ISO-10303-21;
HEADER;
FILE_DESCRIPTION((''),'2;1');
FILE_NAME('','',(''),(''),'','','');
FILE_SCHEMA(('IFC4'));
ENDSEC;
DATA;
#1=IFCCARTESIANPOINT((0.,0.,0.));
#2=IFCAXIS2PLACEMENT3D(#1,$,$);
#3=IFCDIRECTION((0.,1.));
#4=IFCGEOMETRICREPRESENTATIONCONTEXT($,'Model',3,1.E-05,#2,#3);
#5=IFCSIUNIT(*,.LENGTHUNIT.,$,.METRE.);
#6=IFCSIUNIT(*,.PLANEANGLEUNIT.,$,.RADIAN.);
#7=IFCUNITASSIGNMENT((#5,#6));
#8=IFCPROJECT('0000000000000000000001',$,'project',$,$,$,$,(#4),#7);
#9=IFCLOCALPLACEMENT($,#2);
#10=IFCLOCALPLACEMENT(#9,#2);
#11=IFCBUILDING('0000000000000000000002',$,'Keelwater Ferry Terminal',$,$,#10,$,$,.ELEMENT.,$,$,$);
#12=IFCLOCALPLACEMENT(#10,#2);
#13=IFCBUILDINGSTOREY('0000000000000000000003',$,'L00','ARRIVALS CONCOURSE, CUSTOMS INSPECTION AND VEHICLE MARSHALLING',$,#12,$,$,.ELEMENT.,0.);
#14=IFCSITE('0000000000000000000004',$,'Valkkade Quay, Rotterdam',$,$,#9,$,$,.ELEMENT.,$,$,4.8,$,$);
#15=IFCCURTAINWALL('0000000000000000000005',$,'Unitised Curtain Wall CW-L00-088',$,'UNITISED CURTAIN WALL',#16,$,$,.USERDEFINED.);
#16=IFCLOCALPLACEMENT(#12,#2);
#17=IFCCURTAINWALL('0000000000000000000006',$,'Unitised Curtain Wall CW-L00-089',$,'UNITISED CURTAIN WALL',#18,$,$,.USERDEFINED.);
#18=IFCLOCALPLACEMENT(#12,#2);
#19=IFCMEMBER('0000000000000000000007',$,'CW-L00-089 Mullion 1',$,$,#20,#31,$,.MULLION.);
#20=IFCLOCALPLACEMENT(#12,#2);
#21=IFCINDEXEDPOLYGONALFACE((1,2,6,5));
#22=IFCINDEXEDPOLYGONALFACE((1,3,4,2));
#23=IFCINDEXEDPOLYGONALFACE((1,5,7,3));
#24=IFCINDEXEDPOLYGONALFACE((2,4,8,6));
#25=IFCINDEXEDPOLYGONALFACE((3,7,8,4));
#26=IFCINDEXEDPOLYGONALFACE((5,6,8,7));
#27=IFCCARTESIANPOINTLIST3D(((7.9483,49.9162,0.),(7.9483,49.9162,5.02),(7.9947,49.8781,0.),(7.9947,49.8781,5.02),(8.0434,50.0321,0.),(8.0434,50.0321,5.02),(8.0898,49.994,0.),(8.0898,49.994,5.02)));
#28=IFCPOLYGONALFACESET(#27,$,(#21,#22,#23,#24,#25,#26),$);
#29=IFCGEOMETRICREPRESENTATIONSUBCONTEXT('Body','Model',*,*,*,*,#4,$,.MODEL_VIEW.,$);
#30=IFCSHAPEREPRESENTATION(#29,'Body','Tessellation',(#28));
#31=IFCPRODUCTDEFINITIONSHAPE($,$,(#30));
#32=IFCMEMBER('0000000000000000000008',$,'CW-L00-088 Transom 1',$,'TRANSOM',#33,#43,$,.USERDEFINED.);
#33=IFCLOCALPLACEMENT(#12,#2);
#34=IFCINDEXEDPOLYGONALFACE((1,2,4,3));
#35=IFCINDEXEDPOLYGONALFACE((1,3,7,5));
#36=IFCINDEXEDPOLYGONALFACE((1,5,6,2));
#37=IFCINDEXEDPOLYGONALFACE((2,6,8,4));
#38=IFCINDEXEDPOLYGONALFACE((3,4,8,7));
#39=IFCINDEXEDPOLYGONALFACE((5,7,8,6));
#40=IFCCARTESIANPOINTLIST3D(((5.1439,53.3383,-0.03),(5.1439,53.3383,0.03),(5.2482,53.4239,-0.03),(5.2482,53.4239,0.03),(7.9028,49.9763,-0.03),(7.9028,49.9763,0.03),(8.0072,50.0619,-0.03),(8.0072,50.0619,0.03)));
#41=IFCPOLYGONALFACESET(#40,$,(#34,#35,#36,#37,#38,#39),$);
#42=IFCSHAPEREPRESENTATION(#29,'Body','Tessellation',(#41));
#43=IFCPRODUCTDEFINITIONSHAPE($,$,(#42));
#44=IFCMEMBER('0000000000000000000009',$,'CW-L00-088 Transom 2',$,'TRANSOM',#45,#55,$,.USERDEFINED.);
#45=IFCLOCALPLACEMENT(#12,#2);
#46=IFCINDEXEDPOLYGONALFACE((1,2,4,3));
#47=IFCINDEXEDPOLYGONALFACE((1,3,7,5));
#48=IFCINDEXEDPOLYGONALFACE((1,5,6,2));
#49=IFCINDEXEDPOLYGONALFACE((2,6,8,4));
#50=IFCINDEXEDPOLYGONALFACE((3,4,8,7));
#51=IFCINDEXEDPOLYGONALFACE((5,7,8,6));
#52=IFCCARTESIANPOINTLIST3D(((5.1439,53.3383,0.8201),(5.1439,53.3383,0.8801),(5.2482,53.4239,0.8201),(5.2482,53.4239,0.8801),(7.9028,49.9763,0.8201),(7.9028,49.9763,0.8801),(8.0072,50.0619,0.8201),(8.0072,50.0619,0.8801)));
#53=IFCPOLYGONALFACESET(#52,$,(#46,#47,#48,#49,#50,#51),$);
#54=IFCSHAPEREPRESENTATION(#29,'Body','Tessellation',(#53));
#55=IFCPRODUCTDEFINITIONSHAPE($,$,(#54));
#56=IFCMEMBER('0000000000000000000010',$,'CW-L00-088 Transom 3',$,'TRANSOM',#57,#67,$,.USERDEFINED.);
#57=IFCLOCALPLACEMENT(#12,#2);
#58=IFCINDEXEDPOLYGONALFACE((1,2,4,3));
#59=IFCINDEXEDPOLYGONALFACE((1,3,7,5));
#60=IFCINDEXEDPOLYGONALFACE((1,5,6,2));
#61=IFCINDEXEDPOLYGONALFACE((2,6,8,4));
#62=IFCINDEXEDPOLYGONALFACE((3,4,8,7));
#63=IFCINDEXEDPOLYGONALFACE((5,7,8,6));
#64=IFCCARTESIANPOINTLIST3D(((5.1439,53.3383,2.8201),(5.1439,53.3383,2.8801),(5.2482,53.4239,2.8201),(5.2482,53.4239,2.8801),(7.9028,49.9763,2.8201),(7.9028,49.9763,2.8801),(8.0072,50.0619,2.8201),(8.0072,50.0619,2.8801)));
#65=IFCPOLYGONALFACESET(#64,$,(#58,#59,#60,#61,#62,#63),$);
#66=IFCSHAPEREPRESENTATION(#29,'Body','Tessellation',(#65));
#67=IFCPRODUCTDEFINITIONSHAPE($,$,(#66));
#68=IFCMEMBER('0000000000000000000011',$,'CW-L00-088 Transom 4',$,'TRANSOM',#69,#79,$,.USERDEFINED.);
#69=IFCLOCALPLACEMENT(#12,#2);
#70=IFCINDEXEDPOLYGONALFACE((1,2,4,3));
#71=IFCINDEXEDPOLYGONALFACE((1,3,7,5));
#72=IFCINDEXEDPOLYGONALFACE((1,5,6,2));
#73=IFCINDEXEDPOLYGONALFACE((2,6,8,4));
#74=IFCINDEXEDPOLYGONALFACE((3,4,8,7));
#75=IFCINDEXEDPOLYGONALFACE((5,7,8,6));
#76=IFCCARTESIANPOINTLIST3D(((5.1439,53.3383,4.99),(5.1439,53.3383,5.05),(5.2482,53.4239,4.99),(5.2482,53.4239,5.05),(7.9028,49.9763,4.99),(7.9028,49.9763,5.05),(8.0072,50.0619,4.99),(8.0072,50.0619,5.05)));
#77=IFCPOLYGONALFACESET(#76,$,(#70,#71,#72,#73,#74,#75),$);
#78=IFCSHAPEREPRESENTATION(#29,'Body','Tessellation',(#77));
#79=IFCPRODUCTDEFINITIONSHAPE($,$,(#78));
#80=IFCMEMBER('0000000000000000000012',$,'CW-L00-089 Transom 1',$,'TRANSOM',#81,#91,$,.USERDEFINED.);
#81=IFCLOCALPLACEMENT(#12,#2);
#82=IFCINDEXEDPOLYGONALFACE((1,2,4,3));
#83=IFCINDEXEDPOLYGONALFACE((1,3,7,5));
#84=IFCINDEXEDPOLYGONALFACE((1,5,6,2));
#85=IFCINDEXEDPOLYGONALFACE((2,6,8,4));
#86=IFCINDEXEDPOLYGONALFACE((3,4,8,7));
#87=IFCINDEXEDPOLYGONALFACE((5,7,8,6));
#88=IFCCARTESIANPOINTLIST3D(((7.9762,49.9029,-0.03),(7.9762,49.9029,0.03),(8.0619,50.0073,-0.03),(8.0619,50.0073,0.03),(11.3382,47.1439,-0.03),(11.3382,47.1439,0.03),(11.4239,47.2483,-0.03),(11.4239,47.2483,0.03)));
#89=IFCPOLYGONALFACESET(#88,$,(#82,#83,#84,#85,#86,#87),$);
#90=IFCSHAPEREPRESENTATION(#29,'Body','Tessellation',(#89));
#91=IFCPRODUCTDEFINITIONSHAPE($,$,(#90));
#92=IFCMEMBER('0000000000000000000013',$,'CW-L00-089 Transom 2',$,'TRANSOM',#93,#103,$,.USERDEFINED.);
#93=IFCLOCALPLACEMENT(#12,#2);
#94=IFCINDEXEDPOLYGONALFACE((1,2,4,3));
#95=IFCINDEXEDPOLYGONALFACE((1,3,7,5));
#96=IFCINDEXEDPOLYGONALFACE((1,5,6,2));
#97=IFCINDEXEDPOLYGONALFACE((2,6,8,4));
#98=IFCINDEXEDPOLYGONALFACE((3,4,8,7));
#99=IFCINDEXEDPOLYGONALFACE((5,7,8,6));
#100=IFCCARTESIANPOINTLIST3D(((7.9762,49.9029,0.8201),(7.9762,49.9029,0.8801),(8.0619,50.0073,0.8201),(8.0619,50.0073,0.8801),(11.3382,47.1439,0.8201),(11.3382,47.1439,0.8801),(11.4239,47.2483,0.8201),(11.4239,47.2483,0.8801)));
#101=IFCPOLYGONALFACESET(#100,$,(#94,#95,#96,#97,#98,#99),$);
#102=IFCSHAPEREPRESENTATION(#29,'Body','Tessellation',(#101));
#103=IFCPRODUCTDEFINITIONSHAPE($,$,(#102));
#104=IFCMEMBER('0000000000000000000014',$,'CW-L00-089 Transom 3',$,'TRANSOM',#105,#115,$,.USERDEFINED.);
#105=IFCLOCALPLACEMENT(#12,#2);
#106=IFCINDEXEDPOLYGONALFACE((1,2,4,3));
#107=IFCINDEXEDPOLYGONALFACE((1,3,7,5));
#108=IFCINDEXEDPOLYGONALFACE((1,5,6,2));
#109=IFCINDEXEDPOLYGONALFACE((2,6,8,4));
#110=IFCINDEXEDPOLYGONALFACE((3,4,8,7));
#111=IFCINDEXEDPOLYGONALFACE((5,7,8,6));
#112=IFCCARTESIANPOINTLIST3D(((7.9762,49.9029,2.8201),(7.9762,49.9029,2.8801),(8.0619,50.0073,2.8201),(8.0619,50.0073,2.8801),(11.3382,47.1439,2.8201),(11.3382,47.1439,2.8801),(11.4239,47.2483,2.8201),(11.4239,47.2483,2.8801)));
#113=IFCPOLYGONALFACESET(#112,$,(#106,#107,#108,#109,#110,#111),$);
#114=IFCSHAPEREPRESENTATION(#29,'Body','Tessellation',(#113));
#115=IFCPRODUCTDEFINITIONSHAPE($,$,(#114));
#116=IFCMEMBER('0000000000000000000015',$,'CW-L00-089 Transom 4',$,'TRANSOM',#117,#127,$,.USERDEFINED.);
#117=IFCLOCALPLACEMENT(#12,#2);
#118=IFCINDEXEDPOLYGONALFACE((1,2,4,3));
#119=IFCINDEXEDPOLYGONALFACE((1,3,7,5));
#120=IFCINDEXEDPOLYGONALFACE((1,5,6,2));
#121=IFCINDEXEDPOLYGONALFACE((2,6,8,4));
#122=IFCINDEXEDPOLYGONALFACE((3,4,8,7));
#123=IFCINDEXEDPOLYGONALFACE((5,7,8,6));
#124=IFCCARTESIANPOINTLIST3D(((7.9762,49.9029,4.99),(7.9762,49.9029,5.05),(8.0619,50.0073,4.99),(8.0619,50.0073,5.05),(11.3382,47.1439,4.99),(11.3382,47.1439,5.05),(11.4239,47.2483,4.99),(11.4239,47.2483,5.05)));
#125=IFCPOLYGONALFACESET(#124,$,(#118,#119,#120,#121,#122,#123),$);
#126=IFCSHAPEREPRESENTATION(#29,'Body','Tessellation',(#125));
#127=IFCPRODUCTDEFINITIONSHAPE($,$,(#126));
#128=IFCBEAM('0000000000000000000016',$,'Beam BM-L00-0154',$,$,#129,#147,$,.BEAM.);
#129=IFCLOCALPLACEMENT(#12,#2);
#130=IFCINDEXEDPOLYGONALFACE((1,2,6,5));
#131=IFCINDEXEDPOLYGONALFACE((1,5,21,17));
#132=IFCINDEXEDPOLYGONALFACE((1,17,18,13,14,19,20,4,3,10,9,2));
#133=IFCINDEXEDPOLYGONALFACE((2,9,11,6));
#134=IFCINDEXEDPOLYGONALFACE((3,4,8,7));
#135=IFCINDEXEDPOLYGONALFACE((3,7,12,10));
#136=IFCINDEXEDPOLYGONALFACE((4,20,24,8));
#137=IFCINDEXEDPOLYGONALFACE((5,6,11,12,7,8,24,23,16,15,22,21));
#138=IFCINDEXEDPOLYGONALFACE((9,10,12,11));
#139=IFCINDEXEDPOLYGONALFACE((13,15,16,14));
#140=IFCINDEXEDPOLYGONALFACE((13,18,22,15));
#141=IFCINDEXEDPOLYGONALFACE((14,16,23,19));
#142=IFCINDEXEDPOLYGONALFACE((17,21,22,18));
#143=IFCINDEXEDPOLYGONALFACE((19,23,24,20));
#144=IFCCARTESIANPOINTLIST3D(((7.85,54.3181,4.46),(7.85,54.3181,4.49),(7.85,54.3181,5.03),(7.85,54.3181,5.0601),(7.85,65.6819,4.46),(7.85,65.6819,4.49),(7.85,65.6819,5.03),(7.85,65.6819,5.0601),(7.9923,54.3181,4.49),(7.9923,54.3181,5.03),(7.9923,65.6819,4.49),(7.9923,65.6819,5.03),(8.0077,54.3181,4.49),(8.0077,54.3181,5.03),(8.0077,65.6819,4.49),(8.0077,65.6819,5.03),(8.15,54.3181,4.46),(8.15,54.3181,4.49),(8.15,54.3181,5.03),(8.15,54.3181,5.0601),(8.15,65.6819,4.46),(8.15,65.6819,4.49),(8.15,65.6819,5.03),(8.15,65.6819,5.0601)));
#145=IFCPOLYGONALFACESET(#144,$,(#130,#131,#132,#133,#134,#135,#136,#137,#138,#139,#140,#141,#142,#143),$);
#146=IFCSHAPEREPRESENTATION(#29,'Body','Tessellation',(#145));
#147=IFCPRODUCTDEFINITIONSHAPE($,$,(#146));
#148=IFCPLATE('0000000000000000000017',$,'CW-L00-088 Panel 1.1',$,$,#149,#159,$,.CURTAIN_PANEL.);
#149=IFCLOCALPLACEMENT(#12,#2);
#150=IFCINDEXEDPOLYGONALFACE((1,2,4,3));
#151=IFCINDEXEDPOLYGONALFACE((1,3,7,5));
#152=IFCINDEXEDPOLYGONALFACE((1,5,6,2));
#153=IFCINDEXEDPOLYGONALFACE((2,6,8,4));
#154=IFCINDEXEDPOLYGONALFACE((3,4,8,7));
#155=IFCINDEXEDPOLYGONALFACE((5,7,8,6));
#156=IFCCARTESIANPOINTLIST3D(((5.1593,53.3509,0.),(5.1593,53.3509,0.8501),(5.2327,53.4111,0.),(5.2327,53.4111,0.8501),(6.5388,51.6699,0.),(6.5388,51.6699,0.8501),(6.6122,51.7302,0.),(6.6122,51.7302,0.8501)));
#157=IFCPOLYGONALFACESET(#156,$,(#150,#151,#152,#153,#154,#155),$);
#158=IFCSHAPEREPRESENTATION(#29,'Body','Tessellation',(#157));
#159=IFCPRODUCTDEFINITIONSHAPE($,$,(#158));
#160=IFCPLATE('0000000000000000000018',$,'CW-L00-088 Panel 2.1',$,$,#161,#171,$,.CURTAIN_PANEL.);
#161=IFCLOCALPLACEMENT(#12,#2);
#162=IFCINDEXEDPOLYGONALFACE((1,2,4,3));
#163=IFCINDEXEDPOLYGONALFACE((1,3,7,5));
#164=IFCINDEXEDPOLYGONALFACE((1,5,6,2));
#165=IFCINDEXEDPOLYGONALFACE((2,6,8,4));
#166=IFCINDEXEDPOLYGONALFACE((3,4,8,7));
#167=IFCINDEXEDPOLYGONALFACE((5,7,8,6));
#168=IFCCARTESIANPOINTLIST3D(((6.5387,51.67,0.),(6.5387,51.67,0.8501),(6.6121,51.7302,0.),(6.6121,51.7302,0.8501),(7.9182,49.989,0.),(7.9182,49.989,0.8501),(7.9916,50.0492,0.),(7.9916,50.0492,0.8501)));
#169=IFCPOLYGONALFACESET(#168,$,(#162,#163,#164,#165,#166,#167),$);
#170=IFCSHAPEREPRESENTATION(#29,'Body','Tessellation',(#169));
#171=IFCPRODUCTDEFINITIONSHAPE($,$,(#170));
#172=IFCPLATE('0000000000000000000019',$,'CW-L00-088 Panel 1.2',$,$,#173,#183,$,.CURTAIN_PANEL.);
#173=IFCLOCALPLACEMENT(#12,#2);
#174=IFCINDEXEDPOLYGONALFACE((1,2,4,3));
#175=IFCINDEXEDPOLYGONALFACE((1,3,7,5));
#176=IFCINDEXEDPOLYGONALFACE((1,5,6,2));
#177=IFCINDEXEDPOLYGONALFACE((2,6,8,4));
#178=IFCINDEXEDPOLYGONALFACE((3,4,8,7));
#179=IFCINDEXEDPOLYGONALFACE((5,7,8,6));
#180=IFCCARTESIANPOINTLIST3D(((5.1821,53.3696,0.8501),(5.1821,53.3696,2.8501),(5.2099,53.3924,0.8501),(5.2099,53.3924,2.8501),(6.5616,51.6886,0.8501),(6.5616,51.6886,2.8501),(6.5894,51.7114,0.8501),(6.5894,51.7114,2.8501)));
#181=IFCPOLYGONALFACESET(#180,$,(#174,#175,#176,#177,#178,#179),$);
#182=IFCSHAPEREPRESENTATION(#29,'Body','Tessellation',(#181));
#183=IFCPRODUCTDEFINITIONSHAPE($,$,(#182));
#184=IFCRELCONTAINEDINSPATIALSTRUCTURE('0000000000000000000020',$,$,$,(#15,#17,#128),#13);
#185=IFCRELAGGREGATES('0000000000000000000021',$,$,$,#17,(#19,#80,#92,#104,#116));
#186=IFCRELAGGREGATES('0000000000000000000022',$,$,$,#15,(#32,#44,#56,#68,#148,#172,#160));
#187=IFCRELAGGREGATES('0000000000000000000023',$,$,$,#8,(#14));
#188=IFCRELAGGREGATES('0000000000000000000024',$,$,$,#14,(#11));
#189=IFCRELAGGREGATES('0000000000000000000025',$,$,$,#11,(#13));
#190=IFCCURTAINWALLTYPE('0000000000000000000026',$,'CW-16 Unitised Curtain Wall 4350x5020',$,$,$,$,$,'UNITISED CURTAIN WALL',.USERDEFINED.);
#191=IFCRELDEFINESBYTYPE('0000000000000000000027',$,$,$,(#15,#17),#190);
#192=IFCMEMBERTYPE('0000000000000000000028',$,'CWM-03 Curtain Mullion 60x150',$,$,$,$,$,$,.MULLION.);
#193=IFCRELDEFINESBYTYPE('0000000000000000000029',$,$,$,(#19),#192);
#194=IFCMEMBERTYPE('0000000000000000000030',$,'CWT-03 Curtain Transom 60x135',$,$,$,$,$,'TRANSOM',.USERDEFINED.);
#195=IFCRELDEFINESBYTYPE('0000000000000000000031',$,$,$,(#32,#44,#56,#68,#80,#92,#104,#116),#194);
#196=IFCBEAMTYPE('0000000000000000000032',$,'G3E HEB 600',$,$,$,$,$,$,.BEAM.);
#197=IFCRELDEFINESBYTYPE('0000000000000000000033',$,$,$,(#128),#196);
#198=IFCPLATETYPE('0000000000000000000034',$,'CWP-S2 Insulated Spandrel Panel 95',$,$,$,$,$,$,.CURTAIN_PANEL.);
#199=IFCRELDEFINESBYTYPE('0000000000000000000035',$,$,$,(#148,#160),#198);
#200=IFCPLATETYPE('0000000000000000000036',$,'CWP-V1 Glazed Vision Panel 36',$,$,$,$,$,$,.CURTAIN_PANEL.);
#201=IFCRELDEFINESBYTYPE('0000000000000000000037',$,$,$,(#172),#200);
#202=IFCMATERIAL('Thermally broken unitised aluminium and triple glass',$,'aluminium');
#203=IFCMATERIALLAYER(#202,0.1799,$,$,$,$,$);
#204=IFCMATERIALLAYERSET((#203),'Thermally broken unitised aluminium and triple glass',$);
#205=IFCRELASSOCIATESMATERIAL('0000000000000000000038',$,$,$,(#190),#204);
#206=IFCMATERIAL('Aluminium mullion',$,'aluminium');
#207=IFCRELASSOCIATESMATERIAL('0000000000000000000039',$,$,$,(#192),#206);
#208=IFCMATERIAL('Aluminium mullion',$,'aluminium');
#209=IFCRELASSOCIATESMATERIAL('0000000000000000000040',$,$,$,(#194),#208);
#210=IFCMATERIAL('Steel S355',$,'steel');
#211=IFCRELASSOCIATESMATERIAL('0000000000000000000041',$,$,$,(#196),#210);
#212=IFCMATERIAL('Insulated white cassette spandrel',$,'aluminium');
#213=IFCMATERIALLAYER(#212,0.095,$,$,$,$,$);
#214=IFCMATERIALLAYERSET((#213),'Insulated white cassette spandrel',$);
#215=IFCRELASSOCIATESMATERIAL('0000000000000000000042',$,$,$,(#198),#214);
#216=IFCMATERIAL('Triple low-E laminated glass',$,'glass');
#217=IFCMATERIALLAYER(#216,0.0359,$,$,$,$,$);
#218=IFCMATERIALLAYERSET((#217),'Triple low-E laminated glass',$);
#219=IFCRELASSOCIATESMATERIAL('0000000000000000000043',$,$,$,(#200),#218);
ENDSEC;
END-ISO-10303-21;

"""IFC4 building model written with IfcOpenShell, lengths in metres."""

from ifc_helpers import new_model, si_unit, direction, frame, origin, origin_2d, place, context, subcontext, project, spatial, rectangle, i_section, extrude, material, layer, layer_set, material_profile, profile_set, type_object, element, aggregate, save


model = new_model("IFC4")

# Units and contexts
model_context = context("Model", 3, precision=1e-05, world=origin(), true_north=direction((0.0, 1.0)))
body_context = subcontext(model_context, "Body", "Model", "MODEL_VIEW")
ifc_project = project(units=[si_unit("LENGTHUNIT", "METRE"), si_unit("PLANEANGLEUNIT", "RADIAN")], contexts=[model_context])

# Site, building, storey
site_placement = place(None, origin())
site = spatial("IfcSite", under=ifc_project, at=site_placement, Name="Valkkade Quay, Rotterdam", CompositionType="ELEMENT", RefElevation=4.8)
building_placement = place(site_placement, origin())
building = spatial("IfcBuilding", under=site, at=building_placement, Name="Keelwater Ferry Terminal", CompositionType="ELEMENT")
storey_placement = place(building_placement, origin())
storey = spatial("IfcBuildingStorey", under=building, at=storey_placement, Name="L00", Description="ARRIVALS CONCOURSE, CUSTOMS INSPECTION AND VEHICLE MARSHALLING", CompositionType="ELEMENT", Elevation=0.0)

# Shared definitions
ifc_material_1 = material(Name="Thermally broken unitised aluminium and triple glass", Category="aluminium")
ifc_layer_1 = layer(ifc_material_1, 0.1799)
ifc_layer_set_1 = layer_set([ifc_layer_1], Name="Thermally broken unitised aluminium and triple glass")
curtain_wall_type = type_object("IfcCurtainWallType", Name="CW-16 Unitised Curtain Wall 4350x5020", ElementType="UNITISED CURTAIN WALL", PredefinedType="USERDEFINED", material=ifc_layer_set_1)
ifc_material_2 = material(Name="Aluminium mullion", Category="aluminium")
ifc_material_profile_1 = material_profile(ifc_material_2, rectangle(XDim=0.0601, YDim=0.1499, at=origin_2d()), Name="CWM-03")
ifc_profile_set_1 = profile_set([ifc_material_profile_1], Name="Aluminium mullion")
member_type_1 = type_object("IfcMemberType", Name="CWM-03 Curtain Mullion 60x150", PredefinedType="MULLION", material=ifc_profile_set_1)

# Curtain wall
curtain_wall_1_placement = place(storey_placement, origin())
curtain_wall_1 = element("IfcCurtainWall", 1, at=curtain_wall_1_placement, inside=storey, type_object=curtain_wall_type, Name="Unitised Curtain Wall CW-L00-088", ObjectType="UNITISED CURTAIN WALL", PredefinedType="USERDEFINED")

# Curtain wall, member
curtain_wall_2_placement = place(storey_placement, origin())
curtain_wall_2 = element("IfcCurtainWall", 2, at=curtain_wall_2_placement, inside=storey, type_object=curtain_wall_type, Name="Unitised Curtain Wall CW-L00-089", ObjectType="UNITISED CURTAIN WALL", PredefinedType="USERDEFINED")
member_1_placement = place(storey_placement, frame((8.019, 49.9551, 0.0), z_axis=(0.0, 0.0, 1.0), x_axis=(0.773024, -0.634377, 0.0)))
member_1 = element("IfcMember", 3, at=member_1_placement, type_object=member_type_1, Name="CW-L00-089 Mullion 1", PredefinedType="MULLION", context=body_context, shape_type="SweptSolid", body=[
    extrude(rectangle(XDim=0.0601, YDim=0.1499, at=origin_2d()), origin(), (0.0, 0.0, 1.0), 5.02),
])

# Members
ifc_material_3 = material(Name="Aluminium mullion", Category="aluminium")
ifc_material_profile_2 = material_profile(ifc_material_3, rectangle(XDim=0.135, YDim=0.0601, at=origin_2d()), Name="CWT-03")
ifc_profile_set_2 = profile_set([ifc_material_profile_2], Name="Aluminium mullion")
member_type_2 = type_object("IfcMemberType", Name="CWT-03 Curtain Transom 60x135", ElementType="TRANSOM", PredefinedType="USERDEFINED", material=ifc_profile_set_2)
member_2_placement = place(storey_placement, frame((5.196, 53.3811, 0.0), z_axis=(0.634374, -0.773026, 0.0), x_axis=(0.773026, 0.634374, 0.0)))
member_2 = element("IfcMember", 4, at=member_2_placement, type_object=member_type_2, Name="CW-L00-088 Transom 1", ObjectType="TRANSOM", PredefinedType="USERDEFINED", context=body_context, shape_type="SweptSolid", body=[
    extrude(rectangle(XDim=0.135, YDim=0.0601, at=origin_2d()), origin(), (0.0, 0.0, 1.0), 4.3491),
])
member_3_placement = place(storey_placement, frame((5.196, 53.3811, 0.8501), z_axis=(0.634374, -0.773026, 0.0), x_axis=(0.773026, 0.634374, 0.0)))
member_3 = element("IfcMember", 5, at=member_3_placement, type_object=member_type_2, Name="CW-L00-088 Transom 2", ObjectType="TRANSOM", PredefinedType="USERDEFINED", context=body_context, shape_type="SweptSolid", body=[
    extrude(rectangle(XDim=0.135, YDim=0.0601, at=origin_2d()), origin(), (0.0, 0.0, 1.0), 4.3491),
])
member_4_placement = place(storey_placement, frame((5.196, 53.3811, 2.8501), z_axis=(0.634374, -0.773026, 0.0), x_axis=(0.773026, 0.634374, 0.0)))
member_4 = element("IfcMember", 6, at=member_4_placement, type_object=member_type_2, Name="CW-L00-088 Transom 3", ObjectType="TRANSOM", PredefinedType="USERDEFINED", context=body_context, shape_type="SweptSolid", body=[
    extrude(rectangle(XDim=0.135, YDim=0.0601, at=origin_2d()), origin(), (0.0, 0.0, 1.0), 4.3491),
])
member_5_placement = place(storey_placement, frame((5.196, 53.3811, 5.02), z_axis=(0.634374, -0.773026, 0.0), x_axis=(0.773026, 0.634374, 0.0)))
member_5 = element("IfcMember", 7, at=member_5_placement, type_object=member_type_2, Name="CW-L00-088 Transom 4", ObjectType="TRANSOM", PredefinedType="USERDEFINED", context=body_context, shape_type="SweptSolid", body=[
    extrude(rectangle(XDim=0.135, YDim=0.0601, at=origin_2d()), origin(), (0.0, 0.0, 1.0), 4.3491),
])
member_6_placement = place(storey_placement, frame((8.019, 49.9551, 0.0), z_axis=(0.773026, -0.634374, 0.0), x_axis=(0.634374, 0.773026, 0.0)))
member_6 = element("IfcMember", 8, at=member_6_placement, type_object=member_type_2, Name="CW-L00-089 Transom 1", ObjectType="TRANSOM", PredefinedType="USERDEFINED", context=body_context, shape_type="SweptSolid", body=[
    extrude(rectangle(XDim=0.135, YDim=0.0601, at=origin_2d()), origin(), (0.0, 0.0, 1.0), 4.3491),
])
member_7_placement = place(storey_placement, frame((8.019, 49.9551, 0.8501), z_axis=(0.773026, -0.634374, 0.0), x_axis=(0.634374, 0.773026, 0.0)))
member_7 = element("IfcMember", 9, at=member_7_placement, type_object=member_type_2, Name="CW-L00-089 Transom 2", ObjectType="TRANSOM", PredefinedType="USERDEFINED", context=body_context, shape_type="SweptSolid", body=[
    extrude(rectangle(XDim=0.135, YDim=0.0601, at=origin_2d()), origin(), (0.0, 0.0, 1.0), 4.3491),
])
member_8_placement = place(storey_placement, frame((8.019, 49.9551, 2.8501), z_axis=(0.773026, -0.634374, 0.0), x_axis=(0.634374, 0.773026, 0.0)))
member_8 = element("IfcMember", 10, at=member_8_placement, type_object=member_type_2, Name="CW-L00-089 Transom 3", ObjectType="TRANSOM", PredefinedType="USERDEFINED", context=body_context, shape_type="SweptSolid", body=[
    extrude(rectangle(XDim=0.135, YDim=0.0601, at=origin_2d()), origin(), (0.0, 0.0, 1.0), 4.3491),
])
member_9_placement = place(storey_placement, frame((8.019, 49.9551, 5.02), z_axis=(0.773026, -0.634374, 0.0), x_axis=(0.634374, 0.773026, 0.0)))
member_9 = element("IfcMember", 11, at=member_9_placement, type_object=member_type_2, Name="CW-L00-089 Transom 4", ObjectType="TRANSOM", PredefinedType="USERDEFINED", context=body_context, shape_type="SweptSolid", body=[
    extrude(rectangle(XDim=0.135, YDim=0.0601, at=origin_2d()), origin(), (0.0, 0.0, 1.0), 4.3491),
])
aggregate(curtain_wall_2, [member_1, member_6, member_7, member_8, member_9])

# Beam
ifc_material_4 = material(Name="Steel S355", Category="steel")
ifc_material_profile_3 = material_profile(ifc_material_4, i_section(OverallWidth=0.3, OverallDepth=0.6001, WebThickness=0.0154, FlangeThickness=0.03, at=origin_2d()), Name="HEB 600")
ifc_profile_set_3 = profile_set([ifc_material_profile_3], Name="Steel S355")
beam_type = type_object("IfcBeamType", Name="G3E HEB 600", PredefinedType="BEAM", material=ifc_profile_set_3)
beam_placement = place(storey_placement, frame((8.0, 54.3181, 4.76), z_axis=(0.0, 1.0, 0.0), x_axis=(-1.0, 0.0, 0.0)))
element("IfcBeam", 12, at=beam_placement, inside=storey, type_object=beam_type, Name="Beam BM-L00-0154", PredefinedType="BEAM", context=body_context, shape_type="SweptSolid", body=[
    extrude(i_section(OverallWidth=0.3, OverallDepth=0.6001, WebThickness=0.0154, FlangeThickness=0.03, at=origin_2d()), origin(), (0.0, 0.0, 1.0), 11.3638),
])

# Plates
ifc_material_5 = material(Name="Insulated white cassette spandrel", Category="aluminium")
ifc_layer_2 = layer(ifc_material_5, 0.095)
ifc_layer_set_2 = layer_set([ifc_layer_2], Name="Insulated white cassette spandrel")
plate_type_1 = type_object("IfcPlateType", Name="CWP-S2 Insulated Spandrel Panel 95", PredefinedType="CURTAIN_PANEL", material=ifc_layer_set_2)
plate_1_placement = place(storey_placement, frame((5.8857, 52.5405, 0.0), z_axis=(0.0, 0.0, 1.0), x_axis=(0.634377, -0.773024, 0.0)))
plate_1 = element("IfcPlate", 13, at=plate_1_placement, type_object=plate_type_1, Name="CW-L00-088 Panel 1.1", PredefinedType="CURTAIN_PANEL", context=body_context, shape_type="SweptSolid", body=[
    extrude(rectangle(XDim=2.1746, YDim=0.095, at=origin_2d()), origin(), (0.0, 0.0, 1.0), 0.8501),
])
plate_2_placement = place(storey_placement, frame((7.2651, 50.8596, 0.0), z_axis=(0.0, 0.0, 1.0), x_axis=(0.634377, -0.773024, 0.0)))
plate_2 = element("IfcPlate", 14, at=plate_2_placement, type_object=plate_type_1, Name="CW-L00-088 Panel 2.1", PredefinedType="CURTAIN_PANEL", context=body_context, shape_type="SweptSolid", body=[
    extrude(rectangle(XDim=2.1746, YDim=0.095, at=origin_2d()), origin(), (0.0, 0.0, 1.0), 0.8501),
])
ifc_material_6 = material(Name="Triple low-E laminated glass", Category="glass")
ifc_layer_3 = layer(ifc_material_6, 0.0359)
ifc_layer_set_3 = layer_set([ifc_layer_3], Name="Triple low-E laminated glass")
plate_type_2 = type_object("IfcPlateType", Name="CWP-V1 Glazed Vision Panel 36", PredefinedType="CURTAIN_PANEL", material=ifc_layer_set_3)
plate_3_placement = place(storey_placement, frame((5.8857, 52.5405, 0.8501), z_axis=(0.0, 0.0, 1.0), x_axis=(0.634377, -0.773024, 0.0)))
plate_3 = element("IfcPlate", 15, at=plate_3_placement, type_object=plate_type_2, Name="CW-L00-088 Panel 1.2", PredefinedType="CURTAIN_PANEL", context=body_context, shape_type="SweptSolid", body=[
    extrude(rectangle(XDim=2.1746, YDim=0.0359, at=origin_2d()), origin(), (0.0, 0.0, 1.0), 2.0),
])
aggregate(curtain_wall_1, [member_2, member_3, member_4, member_5, plate_1, plate_3, plate_2])

save(model, "model.ifc")
